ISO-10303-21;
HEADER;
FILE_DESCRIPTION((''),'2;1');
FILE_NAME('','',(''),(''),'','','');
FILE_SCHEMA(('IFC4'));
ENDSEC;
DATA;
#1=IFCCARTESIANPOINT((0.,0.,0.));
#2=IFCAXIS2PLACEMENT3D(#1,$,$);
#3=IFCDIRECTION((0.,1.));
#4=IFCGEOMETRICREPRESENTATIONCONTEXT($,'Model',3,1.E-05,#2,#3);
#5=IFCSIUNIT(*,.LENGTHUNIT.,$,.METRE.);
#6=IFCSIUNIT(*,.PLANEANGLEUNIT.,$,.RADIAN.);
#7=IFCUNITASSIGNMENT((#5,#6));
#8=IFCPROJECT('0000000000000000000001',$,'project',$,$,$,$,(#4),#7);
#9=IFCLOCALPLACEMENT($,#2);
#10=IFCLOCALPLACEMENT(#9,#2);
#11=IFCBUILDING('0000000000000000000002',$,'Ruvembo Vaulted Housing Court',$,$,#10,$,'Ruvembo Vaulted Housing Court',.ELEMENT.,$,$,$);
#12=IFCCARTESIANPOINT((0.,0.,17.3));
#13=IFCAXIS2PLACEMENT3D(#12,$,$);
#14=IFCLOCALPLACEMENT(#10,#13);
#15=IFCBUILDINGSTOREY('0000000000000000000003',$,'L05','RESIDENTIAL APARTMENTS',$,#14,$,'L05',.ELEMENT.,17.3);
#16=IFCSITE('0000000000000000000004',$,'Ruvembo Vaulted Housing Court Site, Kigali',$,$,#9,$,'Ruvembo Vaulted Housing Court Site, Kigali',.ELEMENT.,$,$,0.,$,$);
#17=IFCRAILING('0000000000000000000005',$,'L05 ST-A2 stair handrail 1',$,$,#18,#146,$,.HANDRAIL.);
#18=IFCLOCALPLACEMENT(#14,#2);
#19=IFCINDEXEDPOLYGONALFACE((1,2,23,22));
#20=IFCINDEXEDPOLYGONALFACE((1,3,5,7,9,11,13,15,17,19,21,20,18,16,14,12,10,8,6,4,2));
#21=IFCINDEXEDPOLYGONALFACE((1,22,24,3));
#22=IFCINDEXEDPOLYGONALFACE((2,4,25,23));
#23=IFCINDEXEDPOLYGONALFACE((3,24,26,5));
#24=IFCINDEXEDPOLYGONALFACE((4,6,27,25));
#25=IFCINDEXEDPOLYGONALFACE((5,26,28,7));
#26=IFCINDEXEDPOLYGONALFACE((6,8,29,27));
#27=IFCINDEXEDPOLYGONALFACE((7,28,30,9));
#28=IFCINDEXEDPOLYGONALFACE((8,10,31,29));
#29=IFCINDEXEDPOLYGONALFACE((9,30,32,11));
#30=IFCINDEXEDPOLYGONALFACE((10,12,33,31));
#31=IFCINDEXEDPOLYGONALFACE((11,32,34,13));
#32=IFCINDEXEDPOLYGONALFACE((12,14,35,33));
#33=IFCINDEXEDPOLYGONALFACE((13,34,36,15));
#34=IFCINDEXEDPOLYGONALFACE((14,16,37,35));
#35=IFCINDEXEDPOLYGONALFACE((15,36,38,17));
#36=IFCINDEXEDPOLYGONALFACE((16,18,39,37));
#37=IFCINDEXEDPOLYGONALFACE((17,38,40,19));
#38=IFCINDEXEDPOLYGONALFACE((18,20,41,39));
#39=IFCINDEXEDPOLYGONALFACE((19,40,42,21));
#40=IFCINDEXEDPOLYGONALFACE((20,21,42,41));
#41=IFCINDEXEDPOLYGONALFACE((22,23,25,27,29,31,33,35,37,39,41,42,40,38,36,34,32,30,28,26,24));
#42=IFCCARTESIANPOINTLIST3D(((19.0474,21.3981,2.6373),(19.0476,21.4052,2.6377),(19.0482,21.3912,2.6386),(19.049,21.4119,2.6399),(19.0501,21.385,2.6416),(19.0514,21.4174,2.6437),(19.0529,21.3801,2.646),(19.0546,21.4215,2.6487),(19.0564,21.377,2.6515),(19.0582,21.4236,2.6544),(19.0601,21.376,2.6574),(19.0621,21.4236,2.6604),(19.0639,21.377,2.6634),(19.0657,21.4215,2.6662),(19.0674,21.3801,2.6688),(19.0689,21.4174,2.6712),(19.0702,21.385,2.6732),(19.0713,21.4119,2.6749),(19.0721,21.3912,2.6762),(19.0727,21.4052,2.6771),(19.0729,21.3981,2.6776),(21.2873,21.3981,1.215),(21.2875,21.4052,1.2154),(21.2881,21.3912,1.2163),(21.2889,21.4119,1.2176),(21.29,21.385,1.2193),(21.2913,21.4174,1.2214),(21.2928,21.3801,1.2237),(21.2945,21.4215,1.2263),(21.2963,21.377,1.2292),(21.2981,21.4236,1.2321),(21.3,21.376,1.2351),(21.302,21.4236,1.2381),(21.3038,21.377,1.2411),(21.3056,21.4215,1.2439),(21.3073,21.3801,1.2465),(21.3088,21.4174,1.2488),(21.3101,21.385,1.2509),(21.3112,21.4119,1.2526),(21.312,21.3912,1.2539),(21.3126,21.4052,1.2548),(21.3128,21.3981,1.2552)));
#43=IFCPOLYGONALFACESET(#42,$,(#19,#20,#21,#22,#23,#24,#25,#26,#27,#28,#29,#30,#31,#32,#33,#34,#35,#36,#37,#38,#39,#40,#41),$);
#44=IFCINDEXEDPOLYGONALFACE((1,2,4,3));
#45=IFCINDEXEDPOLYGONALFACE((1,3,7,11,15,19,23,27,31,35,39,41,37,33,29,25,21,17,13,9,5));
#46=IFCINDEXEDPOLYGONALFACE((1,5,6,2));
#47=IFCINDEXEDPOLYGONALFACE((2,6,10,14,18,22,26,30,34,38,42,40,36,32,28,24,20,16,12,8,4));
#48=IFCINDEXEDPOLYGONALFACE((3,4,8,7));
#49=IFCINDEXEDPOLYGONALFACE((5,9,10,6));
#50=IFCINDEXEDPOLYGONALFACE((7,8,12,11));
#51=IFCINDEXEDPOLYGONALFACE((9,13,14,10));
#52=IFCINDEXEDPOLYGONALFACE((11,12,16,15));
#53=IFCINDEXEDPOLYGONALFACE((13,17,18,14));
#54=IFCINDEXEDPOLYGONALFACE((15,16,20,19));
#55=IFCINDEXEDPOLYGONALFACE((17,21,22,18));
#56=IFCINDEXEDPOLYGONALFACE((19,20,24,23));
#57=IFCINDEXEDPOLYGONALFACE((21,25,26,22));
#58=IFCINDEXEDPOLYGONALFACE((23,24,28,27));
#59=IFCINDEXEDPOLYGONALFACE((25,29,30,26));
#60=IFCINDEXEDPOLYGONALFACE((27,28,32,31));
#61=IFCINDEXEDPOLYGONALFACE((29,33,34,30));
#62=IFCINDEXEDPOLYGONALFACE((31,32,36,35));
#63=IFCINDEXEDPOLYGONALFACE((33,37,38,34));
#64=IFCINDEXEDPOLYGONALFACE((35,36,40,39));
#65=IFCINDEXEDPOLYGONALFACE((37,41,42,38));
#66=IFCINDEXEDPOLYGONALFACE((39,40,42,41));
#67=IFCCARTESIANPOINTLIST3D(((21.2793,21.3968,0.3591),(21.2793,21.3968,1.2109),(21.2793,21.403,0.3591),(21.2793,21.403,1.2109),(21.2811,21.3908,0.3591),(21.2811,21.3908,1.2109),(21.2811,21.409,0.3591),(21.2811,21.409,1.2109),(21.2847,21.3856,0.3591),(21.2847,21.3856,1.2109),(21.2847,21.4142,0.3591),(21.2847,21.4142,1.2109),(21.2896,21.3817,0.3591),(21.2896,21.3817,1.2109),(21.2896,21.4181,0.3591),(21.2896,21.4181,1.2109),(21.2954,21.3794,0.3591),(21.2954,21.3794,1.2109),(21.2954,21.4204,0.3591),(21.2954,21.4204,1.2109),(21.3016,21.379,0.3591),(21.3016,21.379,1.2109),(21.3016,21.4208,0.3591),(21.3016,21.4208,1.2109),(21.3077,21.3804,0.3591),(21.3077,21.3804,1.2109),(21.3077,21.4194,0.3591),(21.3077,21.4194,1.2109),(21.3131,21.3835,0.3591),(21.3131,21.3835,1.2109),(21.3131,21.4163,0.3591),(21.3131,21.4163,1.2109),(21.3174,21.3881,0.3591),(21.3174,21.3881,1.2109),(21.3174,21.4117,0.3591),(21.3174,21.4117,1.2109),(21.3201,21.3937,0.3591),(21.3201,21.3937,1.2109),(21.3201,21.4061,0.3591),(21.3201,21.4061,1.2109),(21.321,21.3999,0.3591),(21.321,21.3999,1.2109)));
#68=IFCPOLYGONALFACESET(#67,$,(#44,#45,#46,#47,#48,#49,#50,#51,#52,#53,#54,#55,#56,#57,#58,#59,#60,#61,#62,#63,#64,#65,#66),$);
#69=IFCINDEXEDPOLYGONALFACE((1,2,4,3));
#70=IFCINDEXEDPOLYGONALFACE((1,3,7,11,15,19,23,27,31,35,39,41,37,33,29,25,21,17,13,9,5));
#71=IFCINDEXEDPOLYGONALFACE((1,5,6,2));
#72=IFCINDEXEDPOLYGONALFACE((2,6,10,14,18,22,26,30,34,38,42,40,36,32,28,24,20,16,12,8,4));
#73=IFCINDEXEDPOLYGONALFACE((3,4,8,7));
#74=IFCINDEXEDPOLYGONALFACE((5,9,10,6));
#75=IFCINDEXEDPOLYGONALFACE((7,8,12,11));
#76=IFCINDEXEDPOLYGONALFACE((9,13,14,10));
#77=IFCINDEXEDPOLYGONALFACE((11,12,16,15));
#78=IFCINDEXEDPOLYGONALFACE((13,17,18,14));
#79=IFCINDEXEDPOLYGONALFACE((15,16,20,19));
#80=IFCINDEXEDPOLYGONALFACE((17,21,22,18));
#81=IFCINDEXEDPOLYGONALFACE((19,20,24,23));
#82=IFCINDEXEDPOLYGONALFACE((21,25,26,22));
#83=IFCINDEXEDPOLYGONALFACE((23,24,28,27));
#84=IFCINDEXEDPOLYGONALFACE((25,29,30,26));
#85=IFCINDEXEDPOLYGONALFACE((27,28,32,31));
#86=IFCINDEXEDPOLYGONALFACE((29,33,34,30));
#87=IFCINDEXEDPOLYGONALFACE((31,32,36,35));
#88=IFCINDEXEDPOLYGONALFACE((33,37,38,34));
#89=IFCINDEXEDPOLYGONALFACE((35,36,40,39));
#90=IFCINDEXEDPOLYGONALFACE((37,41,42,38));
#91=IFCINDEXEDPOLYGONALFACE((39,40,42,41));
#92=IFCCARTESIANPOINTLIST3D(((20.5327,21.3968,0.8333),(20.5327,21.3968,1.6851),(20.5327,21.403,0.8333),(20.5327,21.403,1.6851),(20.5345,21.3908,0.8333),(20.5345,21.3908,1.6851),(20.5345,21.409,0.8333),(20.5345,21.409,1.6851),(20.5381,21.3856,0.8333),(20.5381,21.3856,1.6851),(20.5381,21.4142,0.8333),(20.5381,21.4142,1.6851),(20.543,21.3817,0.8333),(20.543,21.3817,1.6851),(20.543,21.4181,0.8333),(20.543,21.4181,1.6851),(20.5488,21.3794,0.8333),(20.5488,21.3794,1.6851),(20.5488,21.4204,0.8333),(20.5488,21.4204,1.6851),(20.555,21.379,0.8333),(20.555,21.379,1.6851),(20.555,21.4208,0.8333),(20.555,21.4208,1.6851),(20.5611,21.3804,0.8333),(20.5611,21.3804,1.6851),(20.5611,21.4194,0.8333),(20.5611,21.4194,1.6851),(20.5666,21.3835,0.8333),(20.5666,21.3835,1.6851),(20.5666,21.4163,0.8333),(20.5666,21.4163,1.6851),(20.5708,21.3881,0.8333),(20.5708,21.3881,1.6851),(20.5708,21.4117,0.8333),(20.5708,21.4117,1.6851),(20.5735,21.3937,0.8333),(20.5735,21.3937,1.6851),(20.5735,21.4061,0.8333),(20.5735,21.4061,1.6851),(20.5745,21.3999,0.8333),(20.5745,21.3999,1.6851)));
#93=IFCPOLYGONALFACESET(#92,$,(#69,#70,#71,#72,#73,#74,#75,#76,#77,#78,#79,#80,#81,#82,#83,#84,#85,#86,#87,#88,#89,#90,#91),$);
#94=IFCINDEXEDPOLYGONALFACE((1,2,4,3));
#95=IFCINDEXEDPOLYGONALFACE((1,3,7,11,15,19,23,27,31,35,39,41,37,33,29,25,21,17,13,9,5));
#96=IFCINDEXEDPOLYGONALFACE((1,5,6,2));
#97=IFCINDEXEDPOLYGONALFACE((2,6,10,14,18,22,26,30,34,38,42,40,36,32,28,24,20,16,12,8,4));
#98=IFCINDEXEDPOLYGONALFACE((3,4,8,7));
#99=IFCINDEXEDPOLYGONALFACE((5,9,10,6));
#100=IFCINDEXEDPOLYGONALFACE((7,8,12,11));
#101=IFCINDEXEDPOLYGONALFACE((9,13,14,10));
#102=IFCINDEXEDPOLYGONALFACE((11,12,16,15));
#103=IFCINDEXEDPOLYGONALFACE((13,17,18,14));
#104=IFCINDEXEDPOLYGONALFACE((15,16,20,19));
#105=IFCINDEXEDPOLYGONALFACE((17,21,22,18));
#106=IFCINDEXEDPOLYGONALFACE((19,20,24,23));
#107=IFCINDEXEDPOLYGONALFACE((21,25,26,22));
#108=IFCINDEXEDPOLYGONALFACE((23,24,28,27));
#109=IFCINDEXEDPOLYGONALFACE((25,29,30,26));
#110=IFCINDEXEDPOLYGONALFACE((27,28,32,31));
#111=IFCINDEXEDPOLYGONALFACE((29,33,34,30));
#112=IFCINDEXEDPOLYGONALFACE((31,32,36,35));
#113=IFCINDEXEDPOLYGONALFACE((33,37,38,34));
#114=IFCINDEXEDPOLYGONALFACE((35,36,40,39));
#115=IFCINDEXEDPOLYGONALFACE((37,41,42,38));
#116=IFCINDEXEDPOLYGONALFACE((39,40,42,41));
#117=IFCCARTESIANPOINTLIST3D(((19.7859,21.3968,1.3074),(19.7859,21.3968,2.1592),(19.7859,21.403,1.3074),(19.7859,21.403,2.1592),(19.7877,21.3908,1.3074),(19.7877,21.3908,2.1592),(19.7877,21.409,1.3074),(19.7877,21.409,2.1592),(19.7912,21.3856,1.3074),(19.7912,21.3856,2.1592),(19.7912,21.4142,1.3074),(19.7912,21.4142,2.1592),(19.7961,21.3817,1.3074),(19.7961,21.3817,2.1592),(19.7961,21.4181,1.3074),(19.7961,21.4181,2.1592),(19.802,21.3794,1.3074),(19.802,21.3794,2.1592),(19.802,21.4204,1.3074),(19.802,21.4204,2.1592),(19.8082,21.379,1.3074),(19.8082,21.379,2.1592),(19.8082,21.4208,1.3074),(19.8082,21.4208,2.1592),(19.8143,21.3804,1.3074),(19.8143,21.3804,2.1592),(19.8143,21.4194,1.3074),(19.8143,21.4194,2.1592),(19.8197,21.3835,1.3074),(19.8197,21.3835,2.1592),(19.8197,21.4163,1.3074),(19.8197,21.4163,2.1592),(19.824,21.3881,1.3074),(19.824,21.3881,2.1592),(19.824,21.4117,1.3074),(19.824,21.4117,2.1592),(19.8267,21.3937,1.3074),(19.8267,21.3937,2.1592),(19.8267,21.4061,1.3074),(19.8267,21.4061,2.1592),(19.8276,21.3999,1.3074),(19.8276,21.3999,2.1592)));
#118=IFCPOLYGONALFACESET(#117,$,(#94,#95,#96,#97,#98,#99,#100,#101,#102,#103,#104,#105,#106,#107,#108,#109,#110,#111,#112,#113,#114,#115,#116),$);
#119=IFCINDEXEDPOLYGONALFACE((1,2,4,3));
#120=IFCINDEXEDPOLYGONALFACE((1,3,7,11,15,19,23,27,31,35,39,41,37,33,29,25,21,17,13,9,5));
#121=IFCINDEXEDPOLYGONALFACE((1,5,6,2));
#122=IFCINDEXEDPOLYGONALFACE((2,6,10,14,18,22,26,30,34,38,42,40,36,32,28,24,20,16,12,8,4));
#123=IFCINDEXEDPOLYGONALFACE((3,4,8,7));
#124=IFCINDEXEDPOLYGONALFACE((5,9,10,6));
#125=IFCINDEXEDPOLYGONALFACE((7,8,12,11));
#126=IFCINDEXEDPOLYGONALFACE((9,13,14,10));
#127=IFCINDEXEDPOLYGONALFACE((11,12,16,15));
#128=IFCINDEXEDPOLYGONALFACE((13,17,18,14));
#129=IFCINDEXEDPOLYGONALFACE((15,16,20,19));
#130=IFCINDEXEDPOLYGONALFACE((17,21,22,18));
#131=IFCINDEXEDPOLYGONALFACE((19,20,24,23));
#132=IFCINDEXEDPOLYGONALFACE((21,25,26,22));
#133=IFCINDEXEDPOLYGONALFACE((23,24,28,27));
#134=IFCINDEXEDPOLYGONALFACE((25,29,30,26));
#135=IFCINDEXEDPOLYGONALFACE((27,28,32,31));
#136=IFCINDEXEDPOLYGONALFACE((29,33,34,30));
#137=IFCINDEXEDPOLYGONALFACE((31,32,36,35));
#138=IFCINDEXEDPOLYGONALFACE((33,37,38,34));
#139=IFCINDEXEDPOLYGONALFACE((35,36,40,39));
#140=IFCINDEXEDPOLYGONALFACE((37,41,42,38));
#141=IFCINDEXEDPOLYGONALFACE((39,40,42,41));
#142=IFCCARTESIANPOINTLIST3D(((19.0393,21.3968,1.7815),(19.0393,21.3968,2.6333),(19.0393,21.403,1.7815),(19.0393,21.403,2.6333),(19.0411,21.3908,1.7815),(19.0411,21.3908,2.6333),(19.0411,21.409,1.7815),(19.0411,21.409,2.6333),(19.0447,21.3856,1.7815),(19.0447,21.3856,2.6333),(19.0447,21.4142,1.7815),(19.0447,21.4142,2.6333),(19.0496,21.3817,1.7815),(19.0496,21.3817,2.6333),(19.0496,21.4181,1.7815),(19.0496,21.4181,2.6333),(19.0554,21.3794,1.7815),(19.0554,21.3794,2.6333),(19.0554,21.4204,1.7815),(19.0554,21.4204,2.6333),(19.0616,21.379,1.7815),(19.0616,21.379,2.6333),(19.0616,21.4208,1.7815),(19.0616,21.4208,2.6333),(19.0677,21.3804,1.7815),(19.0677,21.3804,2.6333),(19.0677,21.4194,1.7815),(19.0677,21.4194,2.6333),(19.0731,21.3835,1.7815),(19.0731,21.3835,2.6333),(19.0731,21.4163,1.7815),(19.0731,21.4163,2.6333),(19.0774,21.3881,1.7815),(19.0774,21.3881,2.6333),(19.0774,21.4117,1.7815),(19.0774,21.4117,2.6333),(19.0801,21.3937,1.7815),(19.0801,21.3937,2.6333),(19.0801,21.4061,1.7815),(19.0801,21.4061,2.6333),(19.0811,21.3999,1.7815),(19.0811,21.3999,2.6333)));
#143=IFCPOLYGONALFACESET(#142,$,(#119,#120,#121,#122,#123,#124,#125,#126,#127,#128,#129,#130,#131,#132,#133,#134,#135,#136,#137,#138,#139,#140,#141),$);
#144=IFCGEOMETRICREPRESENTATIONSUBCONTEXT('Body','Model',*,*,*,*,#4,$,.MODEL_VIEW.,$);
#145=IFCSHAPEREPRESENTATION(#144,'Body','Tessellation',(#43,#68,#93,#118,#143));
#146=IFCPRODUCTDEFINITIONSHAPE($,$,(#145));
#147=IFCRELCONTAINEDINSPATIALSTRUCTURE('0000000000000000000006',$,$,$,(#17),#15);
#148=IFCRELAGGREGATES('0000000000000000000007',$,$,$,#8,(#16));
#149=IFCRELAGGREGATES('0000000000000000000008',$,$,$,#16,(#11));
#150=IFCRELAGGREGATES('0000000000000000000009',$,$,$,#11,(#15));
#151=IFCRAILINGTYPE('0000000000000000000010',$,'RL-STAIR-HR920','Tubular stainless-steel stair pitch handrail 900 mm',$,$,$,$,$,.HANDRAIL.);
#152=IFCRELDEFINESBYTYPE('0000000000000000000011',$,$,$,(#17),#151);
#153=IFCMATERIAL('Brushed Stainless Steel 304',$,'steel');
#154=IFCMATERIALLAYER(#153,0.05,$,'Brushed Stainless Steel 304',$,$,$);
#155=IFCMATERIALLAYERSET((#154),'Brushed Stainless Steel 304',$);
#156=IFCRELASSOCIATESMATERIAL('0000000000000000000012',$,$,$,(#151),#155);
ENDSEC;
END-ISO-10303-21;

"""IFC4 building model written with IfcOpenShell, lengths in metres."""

from ifc_helpers import new_model, si_unit, direction, frame, origin, origin_2d, place, context, subcontext, project, spatial, circle, extrude, material, layer, layer_set, type_object, element, save


model = new_model("IFC4")

# Units and contexts
model_context = context("Model", 3, precision=1e-05, world=origin(), true_north=direction((0.0, 1.0)))
body_context = subcontext(model_context, "Body", "Model", "MODEL_VIEW")
ifc_project = project(units=[si_unit("LENGTHUNIT", "METRE"), si_unit("PLANEANGLEUNIT", "RADIAN")], contexts=[model_context])

# Site, building, storey
site_placement = place(None, origin())
site = spatial("IfcSite", under=ifc_project, at=site_placement, Name="Ruvembo Vaulted Housing Court Site, Kigali", LongName="Ruvembo Vaulted Housing Court Site, Kigali", CompositionType="ELEMENT", RefElevation=0.0)
building_placement = place(site_placement, origin())
building = spatial("IfcBuilding", under=site, at=building_placement, Name="Ruvembo Vaulted Housing Court", LongName="Ruvembo Vaulted Housing Court", CompositionType="ELEMENT")
storey_placement = place(building_placement, frame((0.0, 0.0, 17.3)))
storey = spatial("IfcBuildingStorey", under=building, at=storey_placement, Name="L05", Description="RESIDENTIAL APARTMENTS", LongName="L05", CompositionType="ELEMENT", Elevation=17.3)

# Shared definitions
ifc_material_1 = material(Name="Brushed Stainless Steel 304", Category="steel")

# Railing
ifc_layer_1 = layer(ifc_material_1, 0.05, Name="Brushed Stainless Steel 304")
ifc_layer_set_1 = layer_set([ifc_layer_1], Name="Brushed Stainless Steel 304")
railing_type_1 = type_object("IfcRailingType", Name="RL-STAIR-HR920", Description="Tubular stainless-steel stair pitch handrail 900 mm", PredefinedType="HANDRAIL", material=ifc_layer_set_1)
railing_1_placement = place(storey_placement, frame((21.3, 21.3999, 0.3591)))
element("IfcRailing", 1, at=railing_1_placement, inside=storey, type_object=railing_type_1, Name="L05 ST-A2 stair handrail 1", PredefinedType="HANDRAIL", context=body_context, shape_type="SweptSolid", body=[
    extrude(circle(Radius=0.0239, at=origin_2d()), frame((0.0, 0.0, 0.876), z_axis=(-0.844188, 0.0, 0.536048), x_axis=(0.0, -1.0, 0.0)), (0.0, 0.0, 1.0), 2.6533),
    extrude(circle(Radius=0.021, at=origin_2d()), origin(), (0.0, 0.0, 1.0), 0.8518),
    extrude(circle(Radius=0.021, at=origin_2d()), frame((-0.7466, 0.0, 0.4741)), (0.0, 0.0, 1.0), 0.8518),
    extrude(circle(Radius=0.021, at=origin_2d()), frame((-1.4934, 0.0, 0.9482)), (0.0, 0.0, 1.0), 0.8518),
    extrude(circle(Radius=0.021, at=origin_2d()), frame((-2.24, 0.0, 1.4224)), (0.0, 0.0, 1.0), 0.8518),
])

save(model, "model.ifc")
